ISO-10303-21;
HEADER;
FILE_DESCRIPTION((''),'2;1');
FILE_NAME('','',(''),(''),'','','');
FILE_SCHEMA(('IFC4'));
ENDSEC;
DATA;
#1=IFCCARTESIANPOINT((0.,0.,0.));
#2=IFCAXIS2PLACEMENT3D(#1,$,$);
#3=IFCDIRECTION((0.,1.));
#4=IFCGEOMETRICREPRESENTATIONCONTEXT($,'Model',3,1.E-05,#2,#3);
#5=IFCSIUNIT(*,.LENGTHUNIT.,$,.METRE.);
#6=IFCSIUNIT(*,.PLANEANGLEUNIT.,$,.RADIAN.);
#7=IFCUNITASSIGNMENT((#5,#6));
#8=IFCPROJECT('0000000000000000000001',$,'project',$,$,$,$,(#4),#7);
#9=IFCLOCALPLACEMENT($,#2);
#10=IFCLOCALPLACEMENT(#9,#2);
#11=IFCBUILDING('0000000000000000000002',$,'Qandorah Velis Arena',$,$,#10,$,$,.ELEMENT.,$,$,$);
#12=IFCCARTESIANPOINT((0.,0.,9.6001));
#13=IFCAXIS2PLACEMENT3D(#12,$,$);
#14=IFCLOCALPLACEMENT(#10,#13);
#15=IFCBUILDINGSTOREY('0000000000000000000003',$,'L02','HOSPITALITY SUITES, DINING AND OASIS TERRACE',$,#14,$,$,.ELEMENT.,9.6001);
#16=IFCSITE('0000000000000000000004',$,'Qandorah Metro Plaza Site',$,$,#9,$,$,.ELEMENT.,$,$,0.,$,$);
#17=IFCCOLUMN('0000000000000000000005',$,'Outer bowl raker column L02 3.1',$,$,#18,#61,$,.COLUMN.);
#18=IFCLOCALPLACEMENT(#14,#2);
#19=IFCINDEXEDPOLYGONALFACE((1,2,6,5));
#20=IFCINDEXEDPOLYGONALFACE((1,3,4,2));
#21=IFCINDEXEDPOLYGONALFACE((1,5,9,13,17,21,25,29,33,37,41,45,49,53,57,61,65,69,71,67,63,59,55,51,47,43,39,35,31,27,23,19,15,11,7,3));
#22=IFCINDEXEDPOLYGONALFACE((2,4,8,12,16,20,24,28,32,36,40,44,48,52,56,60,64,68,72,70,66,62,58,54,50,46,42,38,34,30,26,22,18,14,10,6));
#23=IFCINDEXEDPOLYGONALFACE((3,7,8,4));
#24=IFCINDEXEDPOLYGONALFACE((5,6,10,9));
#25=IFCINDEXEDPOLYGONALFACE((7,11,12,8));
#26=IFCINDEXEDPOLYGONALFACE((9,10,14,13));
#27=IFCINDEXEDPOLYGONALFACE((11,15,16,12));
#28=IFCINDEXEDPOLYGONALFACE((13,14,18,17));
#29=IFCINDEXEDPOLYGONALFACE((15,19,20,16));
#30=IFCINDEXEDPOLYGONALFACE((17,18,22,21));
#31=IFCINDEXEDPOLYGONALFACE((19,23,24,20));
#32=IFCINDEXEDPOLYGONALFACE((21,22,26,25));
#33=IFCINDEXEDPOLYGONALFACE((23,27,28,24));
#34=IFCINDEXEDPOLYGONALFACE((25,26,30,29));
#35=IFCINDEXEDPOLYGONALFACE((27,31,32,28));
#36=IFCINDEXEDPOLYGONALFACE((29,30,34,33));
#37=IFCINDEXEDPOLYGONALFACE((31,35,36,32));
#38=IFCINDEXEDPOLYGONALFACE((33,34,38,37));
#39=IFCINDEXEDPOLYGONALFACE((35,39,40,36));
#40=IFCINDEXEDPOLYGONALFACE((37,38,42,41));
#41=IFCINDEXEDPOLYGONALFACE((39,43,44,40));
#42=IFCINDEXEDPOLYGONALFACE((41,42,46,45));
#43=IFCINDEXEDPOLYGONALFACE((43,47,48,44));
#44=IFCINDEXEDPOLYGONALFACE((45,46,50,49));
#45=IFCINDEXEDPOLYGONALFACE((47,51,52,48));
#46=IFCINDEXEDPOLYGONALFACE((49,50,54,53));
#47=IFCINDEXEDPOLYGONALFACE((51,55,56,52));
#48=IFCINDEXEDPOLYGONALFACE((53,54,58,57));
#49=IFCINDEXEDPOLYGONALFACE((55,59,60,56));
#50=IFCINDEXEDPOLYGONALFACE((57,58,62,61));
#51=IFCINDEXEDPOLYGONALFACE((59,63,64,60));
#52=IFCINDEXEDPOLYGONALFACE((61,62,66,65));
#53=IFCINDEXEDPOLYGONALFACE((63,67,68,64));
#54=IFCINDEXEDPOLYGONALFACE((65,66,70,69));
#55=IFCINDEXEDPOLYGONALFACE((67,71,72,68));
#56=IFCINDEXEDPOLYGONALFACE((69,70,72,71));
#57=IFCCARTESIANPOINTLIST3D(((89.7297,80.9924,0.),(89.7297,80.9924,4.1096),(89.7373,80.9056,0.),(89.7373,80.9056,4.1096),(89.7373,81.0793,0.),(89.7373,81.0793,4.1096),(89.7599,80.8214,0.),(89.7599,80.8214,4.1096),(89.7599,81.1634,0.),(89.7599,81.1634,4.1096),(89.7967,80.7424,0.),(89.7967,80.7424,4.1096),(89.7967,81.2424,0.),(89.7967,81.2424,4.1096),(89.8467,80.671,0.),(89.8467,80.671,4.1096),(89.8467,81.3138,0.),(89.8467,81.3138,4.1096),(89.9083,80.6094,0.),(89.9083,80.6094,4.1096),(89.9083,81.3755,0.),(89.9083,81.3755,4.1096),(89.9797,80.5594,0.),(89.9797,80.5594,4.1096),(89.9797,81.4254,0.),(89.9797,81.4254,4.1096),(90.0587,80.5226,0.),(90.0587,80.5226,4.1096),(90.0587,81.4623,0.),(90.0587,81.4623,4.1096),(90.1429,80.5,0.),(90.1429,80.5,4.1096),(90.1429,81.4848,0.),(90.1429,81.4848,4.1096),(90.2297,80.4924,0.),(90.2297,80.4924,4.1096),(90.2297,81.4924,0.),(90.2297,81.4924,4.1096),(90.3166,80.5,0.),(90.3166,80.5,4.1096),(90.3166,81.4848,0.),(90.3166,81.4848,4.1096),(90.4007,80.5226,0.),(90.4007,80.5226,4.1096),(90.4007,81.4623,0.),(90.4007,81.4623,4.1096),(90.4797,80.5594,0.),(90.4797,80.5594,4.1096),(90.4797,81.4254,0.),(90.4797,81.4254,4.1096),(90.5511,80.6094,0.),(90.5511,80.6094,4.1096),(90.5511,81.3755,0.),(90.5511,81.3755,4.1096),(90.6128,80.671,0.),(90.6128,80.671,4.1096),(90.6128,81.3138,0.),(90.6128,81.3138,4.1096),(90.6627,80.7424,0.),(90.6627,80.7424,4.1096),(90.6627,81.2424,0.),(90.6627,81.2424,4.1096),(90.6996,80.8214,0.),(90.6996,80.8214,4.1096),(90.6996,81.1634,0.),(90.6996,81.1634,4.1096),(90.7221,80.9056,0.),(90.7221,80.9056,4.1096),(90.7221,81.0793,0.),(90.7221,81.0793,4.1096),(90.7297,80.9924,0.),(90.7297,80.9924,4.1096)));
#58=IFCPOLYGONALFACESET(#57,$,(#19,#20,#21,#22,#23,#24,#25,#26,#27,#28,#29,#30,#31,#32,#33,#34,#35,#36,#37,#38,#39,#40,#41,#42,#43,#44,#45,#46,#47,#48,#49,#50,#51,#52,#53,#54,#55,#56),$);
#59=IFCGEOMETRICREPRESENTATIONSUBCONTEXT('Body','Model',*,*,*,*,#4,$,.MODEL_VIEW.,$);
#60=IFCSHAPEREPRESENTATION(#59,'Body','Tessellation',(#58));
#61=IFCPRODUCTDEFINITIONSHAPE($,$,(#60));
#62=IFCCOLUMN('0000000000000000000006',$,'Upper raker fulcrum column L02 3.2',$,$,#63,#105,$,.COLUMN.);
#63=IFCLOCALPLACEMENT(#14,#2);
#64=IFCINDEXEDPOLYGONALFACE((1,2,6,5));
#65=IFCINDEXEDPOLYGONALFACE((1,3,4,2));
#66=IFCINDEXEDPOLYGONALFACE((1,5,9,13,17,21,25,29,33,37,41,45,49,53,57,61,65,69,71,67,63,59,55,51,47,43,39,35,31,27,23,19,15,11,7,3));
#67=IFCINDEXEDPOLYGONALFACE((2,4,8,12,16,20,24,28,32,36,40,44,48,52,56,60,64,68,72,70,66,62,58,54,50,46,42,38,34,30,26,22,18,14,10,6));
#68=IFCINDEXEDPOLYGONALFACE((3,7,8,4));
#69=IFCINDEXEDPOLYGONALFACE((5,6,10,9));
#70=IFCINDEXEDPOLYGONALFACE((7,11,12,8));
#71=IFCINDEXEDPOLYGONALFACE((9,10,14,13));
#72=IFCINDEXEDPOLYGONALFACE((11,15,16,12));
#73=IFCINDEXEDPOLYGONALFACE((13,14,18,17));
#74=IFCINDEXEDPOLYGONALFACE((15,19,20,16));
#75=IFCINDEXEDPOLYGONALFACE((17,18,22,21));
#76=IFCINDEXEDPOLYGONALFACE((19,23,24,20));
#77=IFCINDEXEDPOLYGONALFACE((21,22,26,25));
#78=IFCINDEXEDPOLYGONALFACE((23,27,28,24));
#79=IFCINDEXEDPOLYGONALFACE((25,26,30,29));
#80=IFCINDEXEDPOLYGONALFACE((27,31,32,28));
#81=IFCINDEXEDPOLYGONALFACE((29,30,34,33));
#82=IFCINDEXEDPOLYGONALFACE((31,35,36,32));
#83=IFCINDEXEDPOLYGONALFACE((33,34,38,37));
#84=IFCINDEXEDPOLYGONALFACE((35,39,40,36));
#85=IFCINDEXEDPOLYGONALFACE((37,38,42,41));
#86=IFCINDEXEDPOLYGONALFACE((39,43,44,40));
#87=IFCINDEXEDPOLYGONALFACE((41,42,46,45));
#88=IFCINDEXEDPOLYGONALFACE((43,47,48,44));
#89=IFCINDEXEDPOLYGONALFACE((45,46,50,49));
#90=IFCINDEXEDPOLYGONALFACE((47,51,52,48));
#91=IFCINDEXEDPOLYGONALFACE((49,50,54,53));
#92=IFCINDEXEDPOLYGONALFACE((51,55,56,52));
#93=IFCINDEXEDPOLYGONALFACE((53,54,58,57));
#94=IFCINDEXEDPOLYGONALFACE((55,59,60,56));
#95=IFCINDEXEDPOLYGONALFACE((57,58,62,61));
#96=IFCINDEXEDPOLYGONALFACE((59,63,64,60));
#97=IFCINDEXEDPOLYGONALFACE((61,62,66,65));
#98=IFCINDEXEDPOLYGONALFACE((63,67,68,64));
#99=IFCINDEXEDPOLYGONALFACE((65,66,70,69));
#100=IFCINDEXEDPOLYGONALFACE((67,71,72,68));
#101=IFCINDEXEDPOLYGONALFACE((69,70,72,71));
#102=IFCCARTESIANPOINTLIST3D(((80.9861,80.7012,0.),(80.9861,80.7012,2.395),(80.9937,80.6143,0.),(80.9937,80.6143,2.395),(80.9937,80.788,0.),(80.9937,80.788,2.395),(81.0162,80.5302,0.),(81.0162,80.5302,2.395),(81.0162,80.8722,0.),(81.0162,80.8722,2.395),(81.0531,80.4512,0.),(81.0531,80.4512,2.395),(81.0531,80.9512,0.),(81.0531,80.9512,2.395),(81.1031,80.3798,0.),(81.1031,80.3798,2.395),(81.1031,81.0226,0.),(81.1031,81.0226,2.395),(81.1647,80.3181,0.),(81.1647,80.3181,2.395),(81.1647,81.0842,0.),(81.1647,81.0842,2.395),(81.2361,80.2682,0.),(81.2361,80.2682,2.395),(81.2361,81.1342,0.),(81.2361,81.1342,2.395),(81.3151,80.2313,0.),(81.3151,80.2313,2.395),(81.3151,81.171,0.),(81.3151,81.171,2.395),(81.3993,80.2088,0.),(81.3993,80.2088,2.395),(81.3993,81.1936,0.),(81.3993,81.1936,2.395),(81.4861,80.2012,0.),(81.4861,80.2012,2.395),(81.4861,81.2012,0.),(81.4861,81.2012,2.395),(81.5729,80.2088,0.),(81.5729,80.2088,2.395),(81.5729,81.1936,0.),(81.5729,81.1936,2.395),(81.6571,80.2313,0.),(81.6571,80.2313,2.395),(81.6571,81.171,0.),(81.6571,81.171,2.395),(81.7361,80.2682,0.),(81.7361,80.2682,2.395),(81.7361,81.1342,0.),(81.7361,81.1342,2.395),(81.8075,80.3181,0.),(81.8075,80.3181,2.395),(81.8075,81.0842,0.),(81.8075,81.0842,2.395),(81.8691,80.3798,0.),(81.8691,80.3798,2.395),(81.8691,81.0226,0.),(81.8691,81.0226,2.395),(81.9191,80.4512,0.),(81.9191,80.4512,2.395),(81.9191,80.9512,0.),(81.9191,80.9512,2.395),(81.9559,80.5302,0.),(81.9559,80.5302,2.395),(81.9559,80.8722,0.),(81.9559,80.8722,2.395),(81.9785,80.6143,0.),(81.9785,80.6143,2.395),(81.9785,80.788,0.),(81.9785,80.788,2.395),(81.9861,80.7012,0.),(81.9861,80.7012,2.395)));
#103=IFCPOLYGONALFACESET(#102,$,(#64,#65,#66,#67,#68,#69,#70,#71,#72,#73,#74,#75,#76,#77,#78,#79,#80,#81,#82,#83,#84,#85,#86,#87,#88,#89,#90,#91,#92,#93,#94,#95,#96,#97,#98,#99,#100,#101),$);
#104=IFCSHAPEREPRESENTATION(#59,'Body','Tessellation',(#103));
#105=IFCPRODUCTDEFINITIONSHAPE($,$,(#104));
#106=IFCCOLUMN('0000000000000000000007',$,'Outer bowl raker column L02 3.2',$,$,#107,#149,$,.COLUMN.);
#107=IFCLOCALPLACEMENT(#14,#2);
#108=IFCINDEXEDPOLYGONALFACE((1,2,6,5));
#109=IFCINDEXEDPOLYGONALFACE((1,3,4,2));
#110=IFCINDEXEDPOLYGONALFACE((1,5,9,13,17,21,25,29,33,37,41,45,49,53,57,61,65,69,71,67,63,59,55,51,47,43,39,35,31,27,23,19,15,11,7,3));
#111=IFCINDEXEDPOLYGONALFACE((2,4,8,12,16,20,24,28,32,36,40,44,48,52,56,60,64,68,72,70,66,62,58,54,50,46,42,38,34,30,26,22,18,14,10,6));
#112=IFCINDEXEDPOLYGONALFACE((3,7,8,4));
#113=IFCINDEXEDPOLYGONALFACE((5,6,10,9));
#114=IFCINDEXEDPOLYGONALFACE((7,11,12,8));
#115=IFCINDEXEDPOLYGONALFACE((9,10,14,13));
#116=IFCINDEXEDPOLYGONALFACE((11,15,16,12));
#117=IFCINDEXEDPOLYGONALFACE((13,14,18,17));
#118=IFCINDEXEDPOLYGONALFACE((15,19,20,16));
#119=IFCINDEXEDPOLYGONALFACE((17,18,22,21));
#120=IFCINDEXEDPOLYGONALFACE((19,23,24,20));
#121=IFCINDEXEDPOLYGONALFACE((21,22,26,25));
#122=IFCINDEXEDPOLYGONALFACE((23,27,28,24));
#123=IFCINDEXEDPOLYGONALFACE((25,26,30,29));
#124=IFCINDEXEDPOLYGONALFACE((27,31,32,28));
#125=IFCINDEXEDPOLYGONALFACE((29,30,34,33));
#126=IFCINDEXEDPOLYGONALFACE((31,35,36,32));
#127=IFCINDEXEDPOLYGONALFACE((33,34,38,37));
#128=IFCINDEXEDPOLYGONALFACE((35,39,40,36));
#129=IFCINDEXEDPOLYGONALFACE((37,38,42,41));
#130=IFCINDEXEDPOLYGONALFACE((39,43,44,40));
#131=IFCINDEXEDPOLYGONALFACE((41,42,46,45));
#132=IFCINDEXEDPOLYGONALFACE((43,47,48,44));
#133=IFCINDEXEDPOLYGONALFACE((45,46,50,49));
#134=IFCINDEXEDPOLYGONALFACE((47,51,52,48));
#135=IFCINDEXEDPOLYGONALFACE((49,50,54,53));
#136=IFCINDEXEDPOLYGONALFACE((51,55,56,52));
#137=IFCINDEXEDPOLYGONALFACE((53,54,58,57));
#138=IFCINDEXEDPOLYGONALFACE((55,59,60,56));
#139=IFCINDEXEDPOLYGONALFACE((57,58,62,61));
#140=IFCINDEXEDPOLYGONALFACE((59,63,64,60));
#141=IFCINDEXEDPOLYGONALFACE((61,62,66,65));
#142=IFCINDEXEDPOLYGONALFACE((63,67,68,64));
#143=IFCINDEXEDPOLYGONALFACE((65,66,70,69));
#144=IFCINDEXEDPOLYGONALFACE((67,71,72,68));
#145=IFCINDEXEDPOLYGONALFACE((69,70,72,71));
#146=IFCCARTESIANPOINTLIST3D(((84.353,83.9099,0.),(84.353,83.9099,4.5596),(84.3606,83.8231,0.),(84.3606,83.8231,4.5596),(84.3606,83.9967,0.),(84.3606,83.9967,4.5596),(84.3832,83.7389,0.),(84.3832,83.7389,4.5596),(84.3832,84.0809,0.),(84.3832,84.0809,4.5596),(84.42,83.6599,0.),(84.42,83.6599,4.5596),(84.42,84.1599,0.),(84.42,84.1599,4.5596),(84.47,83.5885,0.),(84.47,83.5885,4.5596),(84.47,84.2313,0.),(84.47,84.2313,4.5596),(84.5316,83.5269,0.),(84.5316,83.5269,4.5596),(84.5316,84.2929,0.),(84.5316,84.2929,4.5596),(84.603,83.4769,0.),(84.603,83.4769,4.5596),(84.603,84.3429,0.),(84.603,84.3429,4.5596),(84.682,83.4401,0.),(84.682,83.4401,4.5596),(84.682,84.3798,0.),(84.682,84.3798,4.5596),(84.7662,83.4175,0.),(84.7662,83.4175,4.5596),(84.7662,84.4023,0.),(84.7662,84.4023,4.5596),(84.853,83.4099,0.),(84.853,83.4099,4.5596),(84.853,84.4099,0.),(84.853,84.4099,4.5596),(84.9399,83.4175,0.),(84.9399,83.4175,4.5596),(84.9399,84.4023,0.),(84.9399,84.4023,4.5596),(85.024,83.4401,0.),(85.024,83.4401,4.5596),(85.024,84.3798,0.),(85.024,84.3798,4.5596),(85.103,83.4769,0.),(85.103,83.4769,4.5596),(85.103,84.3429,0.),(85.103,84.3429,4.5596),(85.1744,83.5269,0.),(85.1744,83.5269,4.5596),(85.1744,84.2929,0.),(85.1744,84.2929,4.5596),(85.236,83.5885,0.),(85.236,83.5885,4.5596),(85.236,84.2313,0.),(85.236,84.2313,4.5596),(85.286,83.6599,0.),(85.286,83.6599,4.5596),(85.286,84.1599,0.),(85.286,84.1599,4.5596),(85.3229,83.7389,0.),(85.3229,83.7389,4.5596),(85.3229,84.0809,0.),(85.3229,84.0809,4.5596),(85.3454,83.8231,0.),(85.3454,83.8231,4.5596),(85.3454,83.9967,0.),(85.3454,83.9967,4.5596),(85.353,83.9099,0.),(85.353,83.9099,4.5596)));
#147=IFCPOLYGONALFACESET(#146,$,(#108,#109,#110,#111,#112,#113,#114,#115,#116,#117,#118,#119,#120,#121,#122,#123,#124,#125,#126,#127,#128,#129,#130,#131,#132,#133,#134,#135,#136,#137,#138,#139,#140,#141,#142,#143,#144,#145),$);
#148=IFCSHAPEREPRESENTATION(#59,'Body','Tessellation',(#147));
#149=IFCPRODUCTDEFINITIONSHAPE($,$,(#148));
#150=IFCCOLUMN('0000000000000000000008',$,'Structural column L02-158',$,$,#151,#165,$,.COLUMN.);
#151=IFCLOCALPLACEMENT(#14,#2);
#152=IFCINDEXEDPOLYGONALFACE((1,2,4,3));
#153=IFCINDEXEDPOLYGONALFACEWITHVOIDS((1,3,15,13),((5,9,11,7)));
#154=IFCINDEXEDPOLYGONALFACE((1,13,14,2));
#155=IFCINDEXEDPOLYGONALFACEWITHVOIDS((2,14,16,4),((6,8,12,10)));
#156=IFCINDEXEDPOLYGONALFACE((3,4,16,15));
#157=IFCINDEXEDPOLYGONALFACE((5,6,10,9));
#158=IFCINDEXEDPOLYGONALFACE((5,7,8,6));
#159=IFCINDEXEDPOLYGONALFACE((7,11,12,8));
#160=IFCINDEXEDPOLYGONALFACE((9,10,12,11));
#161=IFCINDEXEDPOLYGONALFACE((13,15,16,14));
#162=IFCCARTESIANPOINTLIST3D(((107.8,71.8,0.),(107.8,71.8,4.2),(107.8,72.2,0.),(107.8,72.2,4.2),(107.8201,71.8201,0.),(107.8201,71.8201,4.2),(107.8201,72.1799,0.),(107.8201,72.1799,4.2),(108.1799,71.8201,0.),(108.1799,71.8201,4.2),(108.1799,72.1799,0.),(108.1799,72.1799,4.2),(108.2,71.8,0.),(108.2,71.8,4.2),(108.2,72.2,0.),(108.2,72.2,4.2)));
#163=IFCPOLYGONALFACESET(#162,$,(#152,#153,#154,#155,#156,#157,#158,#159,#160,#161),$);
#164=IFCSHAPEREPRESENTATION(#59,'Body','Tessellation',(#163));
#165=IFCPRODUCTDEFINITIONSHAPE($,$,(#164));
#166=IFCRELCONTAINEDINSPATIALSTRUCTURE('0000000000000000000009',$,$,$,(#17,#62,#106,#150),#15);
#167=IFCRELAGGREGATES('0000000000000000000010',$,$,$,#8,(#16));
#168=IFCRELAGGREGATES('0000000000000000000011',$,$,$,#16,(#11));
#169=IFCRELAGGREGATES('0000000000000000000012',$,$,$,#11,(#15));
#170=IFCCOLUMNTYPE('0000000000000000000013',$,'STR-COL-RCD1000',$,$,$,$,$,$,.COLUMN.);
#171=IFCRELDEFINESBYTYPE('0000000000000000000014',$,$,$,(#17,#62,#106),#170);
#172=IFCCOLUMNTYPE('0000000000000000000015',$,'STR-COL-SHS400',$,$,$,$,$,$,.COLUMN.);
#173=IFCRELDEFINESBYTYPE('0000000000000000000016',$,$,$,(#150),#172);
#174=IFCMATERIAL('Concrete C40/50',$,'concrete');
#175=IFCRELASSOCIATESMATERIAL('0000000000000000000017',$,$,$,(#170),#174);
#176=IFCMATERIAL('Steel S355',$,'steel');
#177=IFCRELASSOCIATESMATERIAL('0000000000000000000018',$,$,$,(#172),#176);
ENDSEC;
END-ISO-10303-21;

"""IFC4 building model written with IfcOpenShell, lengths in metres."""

from ifc_helpers import new_model, si_unit, direction, frame, origin, origin_2d, place, context, subcontext, project, spatial, hollow_rectangle, circle, extrude, material, material_profile, profile_set, type_object, element, save


model = new_model("IFC4")

# Units and contexts
model_context = context("Model", 3, precision=1e-05, world=origin(), true_north=direction((0.0, 1.0)))
body_context = subcontext(model_context, "Body", "Model", "MODEL_VIEW")
ifc_project = project(units=[si_unit("LENGTHUNIT", "METRE"), si_unit("PLANEANGLEUNIT", "RADIAN")], contexts=[model_context])

# Site, building, storey
site_placement = place(None, origin())
site = spatial("IfcSite", under=ifc_project, at=site_placement, Name="Qandorah Metro Plaza Site", CompositionType="ELEMENT", RefElevation=0.0)
building_placement = place(site_placement, origin())
building = spatial("IfcBuilding", under=site, at=building_placement, Name="Qandorah Velis Arena", CompositionType="ELEMENT")
storey_placement = place(building_placement, frame((0.0, 0.0, 9.6001)))
storey = spatial("IfcBuildingStorey", under=building, at=storey_placement, Name="L02", Description="HOSPITALITY SUITES, DINING AND OASIS TERRACE", CompositionType="ELEMENT", Elevation=9.6001)

# Columns
ifc_material_1 = material(Name="Concrete C40/50", Category="concrete")
ifc_material_profile_1 = material_profile(ifc_material_1, circle(Radius=0.5, at=origin_2d()), Name="RC D1000")
ifc_profile_set_1 = profile_set([ifc_material_profile_1], Name="Concrete C40/50")
column_type_1 = type_object("IfcColumnType", Name="STR-COL-RCD1000", PredefinedType="COLUMN", material=ifc_profile_set_1)
column_1_placement = place(storey_placement, frame((90.2297, 80.9924, 0.0), z_axis=(0.0, 0.0, 1.0), x_axis=(1.0, 0.0, 0.0)))
element("IfcColumn", 1, at=column_1_placement, inside=storey, type_object=column_type_1, Name="Outer bowl raker column L02 3.1", PredefinedType="COLUMN", context=body_context, shape_type="SweptSolid", body=[
    extrude(circle(Radius=0.5, at=origin_2d()), origin(), (0.0, 0.0, 1.0), 4.1096),
])
column_2_placement = place(storey_placement, frame((81.4861, 80.7012, 0.0), z_axis=(0.0, 0.0, 1.0), x_axis=(1.0, 0.0, 0.0)))
element("IfcColumn", 2, at=column_2_placement, inside=storey, type_object=column_type_1, Name="Upper raker fulcrum column L02 3.2", PredefinedType="COLUMN", context=body_context, shape_type="SweptSolid", body=[
    extrude(circle(Radius=0.5, at=origin_2d()), origin(), (0.0, 0.0, 1.0), 2.395),
])
column_3_placement = place(storey_placement, frame((84.853, 83.9099, 0.0), z_axis=(0.0, 0.0, 1.0), x_axis=(1.0, 0.0, 0.0)))
element("IfcColumn", 3, at=column_3_placement, inside=storey, type_object=column_type_1, Name="Outer bowl raker column L02 3.2", PredefinedType="COLUMN", context=body_context, shape_type="SweptSolid", body=[
    extrude(circle(Radius=0.5, at=origin_2d()), origin(), (0.0, 0.0, 1.0), 4.5596),
])
ifc_material_2 = material(Name="Steel S355", Category="steel")
ifc_material_profile_2 = material_profile(ifc_material_2, hollow_rectangle(XDim=0.3999, YDim=0.3999, WallThickness=0.02, at=origin_2d()), Name="SHS 400x400x20")
ifc_profile_set_2 = profile_set([ifc_material_profile_2], Name="Steel S355")
column_type_2 = type_object("IfcColumnType", Name="STR-COL-SHS400", PredefinedType="COLUMN", material=ifc_profile_set_2)
column_4_placement = place(storey_placement, frame((108.0, 72.0, 0.0), z_axis=(0.0, 0.0, 1.0), x_axis=(1.0, 0.0, 0.0)))
element("IfcColumn", 4, at=column_4_placement, inside=storey, type_object=column_type_2, Name="Structural column L02-158", PredefinedType="COLUMN", context=body_context, shape_type="SweptSolid", body=[
    extrude(hollow_rectangle(XDim=0.3999, YDim=0.3999, WallThickness=0.02, at=origin_2d()), origin(), (0.0, 0.0, 1.0), 4.2),
])

save(model, "model.ifc")
